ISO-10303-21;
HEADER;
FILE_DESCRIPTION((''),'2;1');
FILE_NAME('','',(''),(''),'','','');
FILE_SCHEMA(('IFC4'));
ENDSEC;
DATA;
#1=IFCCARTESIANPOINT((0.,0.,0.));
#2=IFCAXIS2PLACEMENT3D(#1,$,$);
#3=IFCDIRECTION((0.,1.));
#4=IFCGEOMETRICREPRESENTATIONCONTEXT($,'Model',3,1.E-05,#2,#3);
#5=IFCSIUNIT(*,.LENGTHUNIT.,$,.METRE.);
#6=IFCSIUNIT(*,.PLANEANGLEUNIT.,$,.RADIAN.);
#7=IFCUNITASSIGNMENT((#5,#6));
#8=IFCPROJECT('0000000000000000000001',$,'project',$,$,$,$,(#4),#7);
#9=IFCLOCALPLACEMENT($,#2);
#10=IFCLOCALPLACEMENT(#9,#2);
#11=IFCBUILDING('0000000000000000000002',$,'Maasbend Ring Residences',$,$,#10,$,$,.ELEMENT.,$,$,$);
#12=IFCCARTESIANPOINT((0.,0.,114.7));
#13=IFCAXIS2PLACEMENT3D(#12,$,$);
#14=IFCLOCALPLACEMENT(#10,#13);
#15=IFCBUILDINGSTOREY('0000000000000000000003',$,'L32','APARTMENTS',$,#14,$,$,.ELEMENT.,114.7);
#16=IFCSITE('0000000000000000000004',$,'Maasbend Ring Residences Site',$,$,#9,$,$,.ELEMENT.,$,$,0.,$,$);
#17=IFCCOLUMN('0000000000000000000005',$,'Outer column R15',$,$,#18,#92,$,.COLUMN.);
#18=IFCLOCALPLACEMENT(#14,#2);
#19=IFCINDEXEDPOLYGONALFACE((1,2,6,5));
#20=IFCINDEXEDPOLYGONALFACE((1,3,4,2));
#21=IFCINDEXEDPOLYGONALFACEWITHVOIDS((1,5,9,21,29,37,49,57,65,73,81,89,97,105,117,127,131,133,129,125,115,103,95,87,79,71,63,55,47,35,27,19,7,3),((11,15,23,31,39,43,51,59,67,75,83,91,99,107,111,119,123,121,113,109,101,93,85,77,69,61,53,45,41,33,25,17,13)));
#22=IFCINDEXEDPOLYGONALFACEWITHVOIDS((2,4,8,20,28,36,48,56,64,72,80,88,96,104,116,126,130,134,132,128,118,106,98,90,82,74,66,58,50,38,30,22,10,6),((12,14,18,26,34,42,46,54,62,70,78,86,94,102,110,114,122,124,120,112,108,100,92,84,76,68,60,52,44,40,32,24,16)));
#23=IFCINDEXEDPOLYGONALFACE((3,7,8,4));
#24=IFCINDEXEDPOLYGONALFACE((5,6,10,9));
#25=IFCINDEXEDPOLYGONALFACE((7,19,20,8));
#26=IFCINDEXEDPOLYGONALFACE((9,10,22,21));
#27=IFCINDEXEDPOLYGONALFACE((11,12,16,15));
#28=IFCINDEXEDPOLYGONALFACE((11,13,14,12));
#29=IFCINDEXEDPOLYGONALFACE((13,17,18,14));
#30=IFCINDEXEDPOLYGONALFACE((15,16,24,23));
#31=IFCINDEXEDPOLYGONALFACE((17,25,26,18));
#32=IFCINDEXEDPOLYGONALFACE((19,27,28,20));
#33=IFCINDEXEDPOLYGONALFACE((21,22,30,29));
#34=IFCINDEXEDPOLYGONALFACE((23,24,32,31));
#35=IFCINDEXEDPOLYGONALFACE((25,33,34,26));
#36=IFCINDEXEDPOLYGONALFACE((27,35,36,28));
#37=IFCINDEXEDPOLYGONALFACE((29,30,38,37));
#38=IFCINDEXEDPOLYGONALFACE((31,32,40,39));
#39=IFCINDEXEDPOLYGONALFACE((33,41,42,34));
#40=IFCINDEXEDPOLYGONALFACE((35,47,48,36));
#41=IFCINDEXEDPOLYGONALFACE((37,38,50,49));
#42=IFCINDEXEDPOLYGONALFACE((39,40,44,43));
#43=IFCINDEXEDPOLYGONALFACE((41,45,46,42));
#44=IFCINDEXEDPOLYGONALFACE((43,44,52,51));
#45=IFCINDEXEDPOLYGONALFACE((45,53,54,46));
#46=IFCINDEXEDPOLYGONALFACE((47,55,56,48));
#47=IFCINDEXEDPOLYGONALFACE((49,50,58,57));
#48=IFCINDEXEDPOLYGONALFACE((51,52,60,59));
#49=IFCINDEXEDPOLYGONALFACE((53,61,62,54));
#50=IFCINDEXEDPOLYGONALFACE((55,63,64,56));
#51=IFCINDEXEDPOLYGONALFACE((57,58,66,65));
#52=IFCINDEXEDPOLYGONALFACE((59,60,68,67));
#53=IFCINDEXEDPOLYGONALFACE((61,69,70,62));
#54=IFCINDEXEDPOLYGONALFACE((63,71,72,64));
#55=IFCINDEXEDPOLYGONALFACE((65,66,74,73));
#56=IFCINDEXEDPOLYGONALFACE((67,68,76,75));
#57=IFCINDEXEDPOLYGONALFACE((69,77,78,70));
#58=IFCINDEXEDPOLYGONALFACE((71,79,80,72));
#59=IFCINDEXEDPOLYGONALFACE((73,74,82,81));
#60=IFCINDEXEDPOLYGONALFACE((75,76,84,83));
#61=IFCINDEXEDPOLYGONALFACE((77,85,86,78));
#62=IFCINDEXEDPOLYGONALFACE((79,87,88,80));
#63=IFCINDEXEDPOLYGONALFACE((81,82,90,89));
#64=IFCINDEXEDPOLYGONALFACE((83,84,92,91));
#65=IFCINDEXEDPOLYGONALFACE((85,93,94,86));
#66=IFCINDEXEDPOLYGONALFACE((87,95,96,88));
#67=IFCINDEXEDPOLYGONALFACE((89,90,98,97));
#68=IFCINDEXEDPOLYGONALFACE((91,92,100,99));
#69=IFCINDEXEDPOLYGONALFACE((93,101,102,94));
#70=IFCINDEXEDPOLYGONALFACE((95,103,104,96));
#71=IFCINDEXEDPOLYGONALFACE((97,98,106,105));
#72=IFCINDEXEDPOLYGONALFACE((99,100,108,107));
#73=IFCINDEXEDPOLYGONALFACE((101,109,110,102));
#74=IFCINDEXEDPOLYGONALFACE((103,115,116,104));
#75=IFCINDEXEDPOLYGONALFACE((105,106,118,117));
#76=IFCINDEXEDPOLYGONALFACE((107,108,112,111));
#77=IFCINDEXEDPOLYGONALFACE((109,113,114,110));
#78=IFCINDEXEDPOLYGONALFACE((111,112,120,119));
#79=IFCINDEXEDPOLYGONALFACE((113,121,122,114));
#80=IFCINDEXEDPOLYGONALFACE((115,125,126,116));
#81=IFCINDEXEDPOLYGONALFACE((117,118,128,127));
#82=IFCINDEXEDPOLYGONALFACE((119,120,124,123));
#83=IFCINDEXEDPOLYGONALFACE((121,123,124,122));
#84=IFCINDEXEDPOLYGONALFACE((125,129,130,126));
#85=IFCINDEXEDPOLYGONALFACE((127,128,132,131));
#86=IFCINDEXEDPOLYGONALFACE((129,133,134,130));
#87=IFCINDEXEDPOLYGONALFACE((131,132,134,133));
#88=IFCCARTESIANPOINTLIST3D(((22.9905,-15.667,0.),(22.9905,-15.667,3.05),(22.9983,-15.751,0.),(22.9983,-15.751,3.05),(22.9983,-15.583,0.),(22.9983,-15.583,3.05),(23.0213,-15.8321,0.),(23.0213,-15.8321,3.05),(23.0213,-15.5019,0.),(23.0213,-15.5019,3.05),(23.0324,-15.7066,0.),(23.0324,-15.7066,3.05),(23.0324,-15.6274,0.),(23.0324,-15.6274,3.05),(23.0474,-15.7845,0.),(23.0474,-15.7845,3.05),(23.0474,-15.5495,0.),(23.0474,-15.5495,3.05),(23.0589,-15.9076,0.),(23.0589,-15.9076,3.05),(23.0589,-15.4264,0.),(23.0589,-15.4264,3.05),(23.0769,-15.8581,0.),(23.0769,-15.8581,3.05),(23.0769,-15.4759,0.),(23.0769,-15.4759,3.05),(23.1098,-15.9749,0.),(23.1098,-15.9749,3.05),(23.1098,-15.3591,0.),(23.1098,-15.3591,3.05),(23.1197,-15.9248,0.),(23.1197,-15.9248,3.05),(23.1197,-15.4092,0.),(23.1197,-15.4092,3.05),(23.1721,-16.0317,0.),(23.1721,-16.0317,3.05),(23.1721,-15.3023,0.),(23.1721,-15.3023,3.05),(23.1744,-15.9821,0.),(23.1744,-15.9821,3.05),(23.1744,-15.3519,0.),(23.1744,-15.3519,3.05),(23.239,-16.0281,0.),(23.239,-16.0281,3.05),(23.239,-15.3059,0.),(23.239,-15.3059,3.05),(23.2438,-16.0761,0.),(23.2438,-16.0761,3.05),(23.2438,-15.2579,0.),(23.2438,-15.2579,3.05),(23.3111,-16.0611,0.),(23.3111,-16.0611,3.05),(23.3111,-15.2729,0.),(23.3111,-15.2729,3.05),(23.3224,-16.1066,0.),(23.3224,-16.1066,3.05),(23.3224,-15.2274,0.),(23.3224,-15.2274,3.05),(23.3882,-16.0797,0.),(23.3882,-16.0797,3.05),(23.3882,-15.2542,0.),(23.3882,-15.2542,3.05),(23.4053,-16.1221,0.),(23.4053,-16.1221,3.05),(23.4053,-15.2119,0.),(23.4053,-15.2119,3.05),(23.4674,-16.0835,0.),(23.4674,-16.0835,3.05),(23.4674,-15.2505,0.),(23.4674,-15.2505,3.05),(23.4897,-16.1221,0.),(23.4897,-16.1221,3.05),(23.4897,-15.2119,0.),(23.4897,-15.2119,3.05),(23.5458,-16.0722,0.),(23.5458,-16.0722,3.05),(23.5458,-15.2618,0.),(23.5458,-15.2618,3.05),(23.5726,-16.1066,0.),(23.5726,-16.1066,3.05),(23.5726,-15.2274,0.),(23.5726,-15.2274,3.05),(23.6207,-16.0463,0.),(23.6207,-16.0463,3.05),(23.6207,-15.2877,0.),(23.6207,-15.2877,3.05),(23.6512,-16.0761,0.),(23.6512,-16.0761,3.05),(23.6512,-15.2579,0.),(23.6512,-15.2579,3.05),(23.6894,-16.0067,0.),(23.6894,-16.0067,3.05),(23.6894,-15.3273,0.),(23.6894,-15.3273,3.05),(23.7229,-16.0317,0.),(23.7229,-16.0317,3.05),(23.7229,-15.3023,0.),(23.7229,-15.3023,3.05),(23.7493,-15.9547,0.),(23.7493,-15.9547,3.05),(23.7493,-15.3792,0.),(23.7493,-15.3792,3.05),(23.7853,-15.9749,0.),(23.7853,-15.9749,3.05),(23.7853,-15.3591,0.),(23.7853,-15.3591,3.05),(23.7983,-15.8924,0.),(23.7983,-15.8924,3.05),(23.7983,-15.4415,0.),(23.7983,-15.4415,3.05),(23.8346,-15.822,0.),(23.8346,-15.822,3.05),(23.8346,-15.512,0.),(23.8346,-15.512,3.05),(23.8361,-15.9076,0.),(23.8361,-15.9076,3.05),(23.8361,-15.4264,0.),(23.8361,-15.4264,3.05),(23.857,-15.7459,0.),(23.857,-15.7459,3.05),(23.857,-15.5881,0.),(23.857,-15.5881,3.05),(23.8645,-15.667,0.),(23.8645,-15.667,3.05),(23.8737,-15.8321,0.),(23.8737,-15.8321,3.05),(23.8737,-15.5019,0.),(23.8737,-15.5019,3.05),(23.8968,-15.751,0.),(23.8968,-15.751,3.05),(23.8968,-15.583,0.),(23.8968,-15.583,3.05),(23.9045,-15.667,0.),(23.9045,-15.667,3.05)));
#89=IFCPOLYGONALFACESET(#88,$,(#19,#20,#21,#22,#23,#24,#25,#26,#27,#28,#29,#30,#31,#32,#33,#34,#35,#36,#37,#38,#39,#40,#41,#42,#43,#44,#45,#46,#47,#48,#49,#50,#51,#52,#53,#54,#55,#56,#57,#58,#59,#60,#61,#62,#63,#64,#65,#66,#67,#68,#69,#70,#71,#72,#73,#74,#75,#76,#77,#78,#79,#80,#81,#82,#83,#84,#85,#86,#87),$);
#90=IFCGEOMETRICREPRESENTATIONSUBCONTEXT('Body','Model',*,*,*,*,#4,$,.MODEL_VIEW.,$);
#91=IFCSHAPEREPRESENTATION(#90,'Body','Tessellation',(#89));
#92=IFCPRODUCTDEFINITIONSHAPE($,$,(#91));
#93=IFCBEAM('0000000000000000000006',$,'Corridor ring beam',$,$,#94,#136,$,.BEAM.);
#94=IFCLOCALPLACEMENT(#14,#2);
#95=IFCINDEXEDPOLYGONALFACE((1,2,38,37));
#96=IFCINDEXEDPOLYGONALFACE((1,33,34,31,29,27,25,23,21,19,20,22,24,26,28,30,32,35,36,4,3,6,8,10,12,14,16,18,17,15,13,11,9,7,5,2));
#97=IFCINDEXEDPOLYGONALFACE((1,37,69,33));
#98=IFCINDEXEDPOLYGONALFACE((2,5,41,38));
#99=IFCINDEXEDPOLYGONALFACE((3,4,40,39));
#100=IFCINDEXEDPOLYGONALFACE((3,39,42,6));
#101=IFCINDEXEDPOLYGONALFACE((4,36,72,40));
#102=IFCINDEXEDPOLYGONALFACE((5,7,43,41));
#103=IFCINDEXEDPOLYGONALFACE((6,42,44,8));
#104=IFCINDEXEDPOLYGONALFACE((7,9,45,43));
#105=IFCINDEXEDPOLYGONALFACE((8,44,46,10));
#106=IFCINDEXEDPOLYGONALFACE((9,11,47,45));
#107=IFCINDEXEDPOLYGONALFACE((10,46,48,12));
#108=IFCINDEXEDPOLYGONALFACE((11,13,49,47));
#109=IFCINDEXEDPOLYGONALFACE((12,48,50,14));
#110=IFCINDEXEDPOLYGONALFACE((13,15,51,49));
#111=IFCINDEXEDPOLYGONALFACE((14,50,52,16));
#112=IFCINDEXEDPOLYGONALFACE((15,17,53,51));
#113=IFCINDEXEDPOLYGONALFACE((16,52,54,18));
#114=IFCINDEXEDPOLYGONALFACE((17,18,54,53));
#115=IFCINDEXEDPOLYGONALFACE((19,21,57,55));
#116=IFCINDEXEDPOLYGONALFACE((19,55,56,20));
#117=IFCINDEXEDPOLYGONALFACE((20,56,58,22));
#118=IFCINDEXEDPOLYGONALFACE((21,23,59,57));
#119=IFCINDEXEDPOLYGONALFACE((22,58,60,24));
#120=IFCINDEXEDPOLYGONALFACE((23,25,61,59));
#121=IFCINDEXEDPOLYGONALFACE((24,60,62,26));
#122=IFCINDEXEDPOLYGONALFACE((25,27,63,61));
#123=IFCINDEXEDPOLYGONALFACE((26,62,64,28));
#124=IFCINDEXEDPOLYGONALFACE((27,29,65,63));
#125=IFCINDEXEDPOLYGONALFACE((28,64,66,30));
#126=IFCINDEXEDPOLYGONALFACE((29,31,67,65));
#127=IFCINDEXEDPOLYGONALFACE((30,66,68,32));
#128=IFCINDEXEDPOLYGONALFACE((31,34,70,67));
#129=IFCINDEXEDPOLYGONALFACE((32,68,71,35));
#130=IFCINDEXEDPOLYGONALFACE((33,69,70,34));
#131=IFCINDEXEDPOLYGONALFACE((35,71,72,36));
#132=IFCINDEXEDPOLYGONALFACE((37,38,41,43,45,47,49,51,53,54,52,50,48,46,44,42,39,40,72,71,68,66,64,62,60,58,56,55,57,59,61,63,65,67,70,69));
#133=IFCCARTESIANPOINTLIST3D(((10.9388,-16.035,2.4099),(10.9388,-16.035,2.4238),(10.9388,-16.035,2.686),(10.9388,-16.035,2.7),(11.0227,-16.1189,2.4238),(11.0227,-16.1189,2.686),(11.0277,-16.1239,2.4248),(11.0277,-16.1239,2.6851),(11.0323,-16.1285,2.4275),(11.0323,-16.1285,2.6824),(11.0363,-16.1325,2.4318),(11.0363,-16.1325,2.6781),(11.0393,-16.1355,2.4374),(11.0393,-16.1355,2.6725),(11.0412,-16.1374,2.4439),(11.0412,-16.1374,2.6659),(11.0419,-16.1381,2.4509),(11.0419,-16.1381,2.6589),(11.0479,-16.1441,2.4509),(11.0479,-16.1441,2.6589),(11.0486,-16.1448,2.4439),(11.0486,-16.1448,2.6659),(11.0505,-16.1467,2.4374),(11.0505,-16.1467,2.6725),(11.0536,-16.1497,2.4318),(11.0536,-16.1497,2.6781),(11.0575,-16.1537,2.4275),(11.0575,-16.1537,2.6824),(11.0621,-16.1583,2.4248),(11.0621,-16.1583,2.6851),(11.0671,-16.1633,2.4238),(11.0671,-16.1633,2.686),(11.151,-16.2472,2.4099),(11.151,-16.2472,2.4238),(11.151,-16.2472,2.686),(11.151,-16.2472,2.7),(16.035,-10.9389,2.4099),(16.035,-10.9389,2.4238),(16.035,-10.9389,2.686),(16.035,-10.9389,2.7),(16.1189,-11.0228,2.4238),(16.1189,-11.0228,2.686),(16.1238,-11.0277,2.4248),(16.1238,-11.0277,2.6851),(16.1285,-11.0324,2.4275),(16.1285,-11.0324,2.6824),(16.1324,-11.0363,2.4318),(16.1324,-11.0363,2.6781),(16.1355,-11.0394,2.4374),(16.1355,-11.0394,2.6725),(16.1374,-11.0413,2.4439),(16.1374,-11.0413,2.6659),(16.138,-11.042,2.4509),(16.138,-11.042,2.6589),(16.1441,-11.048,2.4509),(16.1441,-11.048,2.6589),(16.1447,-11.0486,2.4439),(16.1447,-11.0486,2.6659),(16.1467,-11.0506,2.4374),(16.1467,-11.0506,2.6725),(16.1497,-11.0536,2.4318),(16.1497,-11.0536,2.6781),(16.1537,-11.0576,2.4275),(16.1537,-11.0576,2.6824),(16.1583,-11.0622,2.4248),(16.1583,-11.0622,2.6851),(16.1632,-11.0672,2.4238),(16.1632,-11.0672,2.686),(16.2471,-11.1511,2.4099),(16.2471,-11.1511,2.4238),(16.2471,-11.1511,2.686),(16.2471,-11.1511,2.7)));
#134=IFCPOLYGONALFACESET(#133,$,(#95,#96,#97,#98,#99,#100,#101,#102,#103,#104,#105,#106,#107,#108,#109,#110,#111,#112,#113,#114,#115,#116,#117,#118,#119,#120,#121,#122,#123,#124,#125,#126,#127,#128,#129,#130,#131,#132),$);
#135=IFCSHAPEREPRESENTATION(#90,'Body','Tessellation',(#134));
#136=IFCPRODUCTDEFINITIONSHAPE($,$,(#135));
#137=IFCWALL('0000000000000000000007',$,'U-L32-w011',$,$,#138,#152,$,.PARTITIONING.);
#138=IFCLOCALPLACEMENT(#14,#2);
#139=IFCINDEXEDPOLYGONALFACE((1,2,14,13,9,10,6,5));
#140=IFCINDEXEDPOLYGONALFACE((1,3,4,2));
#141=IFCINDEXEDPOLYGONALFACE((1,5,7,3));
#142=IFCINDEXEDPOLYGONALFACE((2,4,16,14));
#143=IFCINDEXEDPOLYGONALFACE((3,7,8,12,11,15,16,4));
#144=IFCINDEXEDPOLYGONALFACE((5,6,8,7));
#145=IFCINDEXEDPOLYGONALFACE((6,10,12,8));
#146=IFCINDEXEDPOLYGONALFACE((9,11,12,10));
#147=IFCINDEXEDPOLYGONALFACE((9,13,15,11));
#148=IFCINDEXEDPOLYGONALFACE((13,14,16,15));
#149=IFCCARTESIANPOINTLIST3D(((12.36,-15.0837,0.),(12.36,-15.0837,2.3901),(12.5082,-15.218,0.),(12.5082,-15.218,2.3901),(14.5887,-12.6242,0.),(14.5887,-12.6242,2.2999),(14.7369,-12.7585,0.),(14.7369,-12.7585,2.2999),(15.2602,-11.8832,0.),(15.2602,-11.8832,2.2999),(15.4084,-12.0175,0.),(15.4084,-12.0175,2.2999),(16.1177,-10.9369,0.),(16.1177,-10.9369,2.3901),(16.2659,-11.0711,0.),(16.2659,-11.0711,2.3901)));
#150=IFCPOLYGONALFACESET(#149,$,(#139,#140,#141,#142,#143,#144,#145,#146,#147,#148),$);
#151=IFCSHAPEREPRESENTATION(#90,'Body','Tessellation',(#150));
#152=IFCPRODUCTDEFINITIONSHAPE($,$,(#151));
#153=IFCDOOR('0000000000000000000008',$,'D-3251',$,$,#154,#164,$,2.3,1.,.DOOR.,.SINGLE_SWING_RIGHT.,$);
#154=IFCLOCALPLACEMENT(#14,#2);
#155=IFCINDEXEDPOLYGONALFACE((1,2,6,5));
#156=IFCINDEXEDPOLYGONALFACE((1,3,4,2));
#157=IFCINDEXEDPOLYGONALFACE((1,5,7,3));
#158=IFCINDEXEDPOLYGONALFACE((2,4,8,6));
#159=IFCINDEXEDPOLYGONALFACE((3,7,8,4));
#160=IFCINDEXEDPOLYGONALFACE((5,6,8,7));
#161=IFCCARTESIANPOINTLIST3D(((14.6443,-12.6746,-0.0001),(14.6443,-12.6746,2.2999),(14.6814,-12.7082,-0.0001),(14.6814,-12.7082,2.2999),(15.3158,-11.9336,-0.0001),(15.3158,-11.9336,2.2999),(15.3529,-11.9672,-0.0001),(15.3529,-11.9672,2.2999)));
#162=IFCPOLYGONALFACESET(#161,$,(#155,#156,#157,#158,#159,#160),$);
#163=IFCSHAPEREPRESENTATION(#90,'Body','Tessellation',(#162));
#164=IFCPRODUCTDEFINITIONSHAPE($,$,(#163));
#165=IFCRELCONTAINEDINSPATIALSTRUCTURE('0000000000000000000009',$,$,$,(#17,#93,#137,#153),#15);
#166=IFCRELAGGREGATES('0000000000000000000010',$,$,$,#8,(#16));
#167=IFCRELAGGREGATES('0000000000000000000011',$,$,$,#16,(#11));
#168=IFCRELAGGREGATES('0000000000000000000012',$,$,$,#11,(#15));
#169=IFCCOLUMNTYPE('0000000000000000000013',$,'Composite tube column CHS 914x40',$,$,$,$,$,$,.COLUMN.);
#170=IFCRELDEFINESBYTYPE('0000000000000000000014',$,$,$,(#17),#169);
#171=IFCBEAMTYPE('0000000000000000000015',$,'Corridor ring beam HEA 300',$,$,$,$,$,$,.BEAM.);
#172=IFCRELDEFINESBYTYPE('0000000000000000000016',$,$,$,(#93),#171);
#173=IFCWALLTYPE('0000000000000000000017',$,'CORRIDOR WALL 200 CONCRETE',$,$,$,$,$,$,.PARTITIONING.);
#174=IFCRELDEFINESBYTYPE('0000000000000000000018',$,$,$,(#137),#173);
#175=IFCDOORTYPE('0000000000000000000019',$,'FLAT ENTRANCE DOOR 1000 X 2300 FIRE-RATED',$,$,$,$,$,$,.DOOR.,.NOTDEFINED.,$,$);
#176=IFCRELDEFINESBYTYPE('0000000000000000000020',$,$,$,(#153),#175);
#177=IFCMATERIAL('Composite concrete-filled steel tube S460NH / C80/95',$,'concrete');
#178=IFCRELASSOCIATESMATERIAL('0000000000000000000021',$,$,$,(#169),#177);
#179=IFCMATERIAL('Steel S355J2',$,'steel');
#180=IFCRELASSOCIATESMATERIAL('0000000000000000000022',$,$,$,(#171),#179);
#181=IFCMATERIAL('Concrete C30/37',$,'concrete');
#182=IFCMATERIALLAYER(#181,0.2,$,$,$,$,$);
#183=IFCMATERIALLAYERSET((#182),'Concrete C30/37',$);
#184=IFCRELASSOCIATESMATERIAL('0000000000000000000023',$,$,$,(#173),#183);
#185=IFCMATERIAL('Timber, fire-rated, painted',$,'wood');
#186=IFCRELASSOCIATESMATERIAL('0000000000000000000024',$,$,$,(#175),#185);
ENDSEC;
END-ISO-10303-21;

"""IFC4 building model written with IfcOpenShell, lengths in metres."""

from ifc_helpers import new_model, si_unit, direction, frame, frame_2d, origin, origin_2d, place, context, subcontext, project, spatial, rectangle, hollow_circle, i_section, extrude, material, layer, layer_set, material_profile, profile_set, type_object, element, fill, save


model = new_model("IFC4")

# Units and contexts
model_context = context("Model", 3, precision=1e-05, world=origin(), true_north=direction((0.0, 1.0)))
body_context = subcontext(model_context, "Body", "Model", "MODEL_VIEW")
ifc_project = project(units=[si_unit("LENGTHUNIT", "METRE"), si_unit("PLANEANGLEUNIT", "RADIAN")], contexts=[model_context])

# Site, building, storey
site_placement = place(None, origin())
site = spatial("IfcSite", under=ifc_project, at=site_placement, Name="Maasbend Ring Residences Site", CompositionType="ELEMENT", RefElevation=0.0)
building_placement = place(site_placement, origin())
building = spatial("IfcBuilding", under=site, at=building_placement, Name="Maasbend Ring Residences", CompositionType="ELEMENT")
storey_placement = place(building_placement, frame((0.0, 0.0, 114.7)))
storey = spatial("IfcBuildingStorey", under=building, at=storey_placement, Name="L32", Description="APARTMENTS", CompositionType="ELEMENT", Elevation=114.7)

# Column
ifc_material_1 = material(Name="Composite concrete-filled steel tube S460NH / C80/95", Category="concrete")
ifc_material_profile_1 = material_profile(ifc_material_1, hollow_circle(Radius=0.457, WallThickness=0.04, at=origin_2d()), Name="Composite tube column CHS 914x40")
ifc_profile_set_1 = profile_set([ifc_material_profile_1], Name="Composite concrete-filled steel tube S460NH / C80/95")
column_type = type_object("IfcColumnType", Name="Composite tube column CHS 914x40", PredefinedType="COLUMN", material=ifc_profile_set_1)
column_placement = place(storey_placement, frame((23.4475, -15.667, 0.0), z_axis=(0.0, 0.0, 1.0), x_axis=(1.0, 0.0, 0.0)))
element("IfcColumn", 1, at=column_placement, inside=storey, type_object=column_type, Name="Outer column R15", PredefinedType="COLUMN", context=body_context, shape_type="SweptSolid", body=[
    extrude(hollow_circle(Radius=0.457, WallThickness=0.04, at=origin_2d()), origin(), (0.0, 0.0, 1.0), 3.05),
])

# Beam
ifc_material_2 = material(Name="Steel S355J2", Category="steel")
ifc_material_profile_2 = material_profile(ifc_material_2, i_section(OverallWidth=0.3, OverallDepth=0.29, WebThickness=0.0085, FlangeThickness=0.0139, FilletRadius=0.0271, at=origin_2d()), Name="HEA 300")
ifc_profile_set_2 = profile_set([ifc_material_profile_2], Name="Steel S355J2")
beam_type = type_object("IfcBeamType", Name="Corridor ring beam HEA 300", PredefinedType="BEAM", material=ifc_profile_set_2)
beam_placement = place(storey_placement, frame((11.0449, -16.1411, 2.5549), z_axis=(0.707107, 0.707107, 0.0), x_axis=(-0.707107, 0.707107, 0.0)))
element("IfcBeam", 2, at=beam_placement, inside=storey, type_object=beam_type, Name="Corridor ring beam", PredefinedType="BEAM", context=body_context, shape_type="SweptSolid", body=[
    extrude(i_section(OverallWidth=0.3, OverallDepth=0.29, WebThickness=0.0085, FlangeThickness=0.0139, FilletRadius=0.0271, at=origin_2d()), origin(), (0.0, 0.0, 1.0), 7.207),
])

# Wall, opening, door
ifc_material_3 = material(Name="Concrete C30/37", Category="concrete")
ifc_layer_1 = layer(ifc_material_3, 0.2)
ifc_layer_set_1 = layer_set([ifc_layer_1], Name="Concrete C30/37")
wall_type_1 = type_object("IfcWallType", Name="CORRIDOR WALL 200 CONCRETE", PredefinedType="PARTITIONING", material=ifc_layer_set_1)
wall_1_placement = place(storey_placement, frame((12.4341, -15.1509, 0.0), z_axis=(0.0, 0.0, 1.0), x_axis=(0.671482, 0.741021, 0.0)))
wall_1 = element("IfcWall", 3, at=wall_1_placement, inside=storey, type_object=wall_type_1, Name="U-L32-w011", PredefinedType="PARTITIONING", context=body_context, shape_type="SweptSolid", body=[
    extrude(rectangle(XDim=5.5962, YDim=0.2, at=frame_2d((2.7981, 0.0))), origin(), (0.0, 0.0, 1.0), 2.3901),
])
opening_1_placement = place(wall_1_placement, frame((3.3191, 0.0, 0.0)))
opening_1 = element("IfcOpeningElement", 4, at=opening_1_placement, cuts=wall_1, PredefinedType="OPENING", context=body_context, shape_type="SweptSolid", body=[
    extrude(rectangle(XDim=1.0, YDim=2.3, at=frame_2d((0.5, 1.1499))), frame((0.0, 0.1099, 0.0), z_axis=(0.0, -1.0, 0.0), x_axis=(1.0, 0.0, 0.0)), (0.0, 0.0, 1.0), 0.22),
])
ifc_material_4 = material(Name="Timber, fire-rated, painted", Category="wood")
door_type_1 = type_object("IfcDoorType", Name="FLAT ENTRANCE DOOR 1000 X 2300 FIRE-RATED", OperationType="NOTDEFINED", PredefinedType="DOOR", material=ifc_material_4)
door_1_placement = place(opening_1_placement, origin())
door_1 = element("IfcDoor", 5, at=door_1_placement, inside=storey, type_object=door_type_1, Name="D-3251", OperationType="SINGLE_SWING_RIGHT", OverallHeight=2.3, OverallWidth=1.0, PredefinedType="DOOR", context=body_context, shape_type="SweptSolid", body=[
    extrude(rectangle(XDim=1.0, YDim=2.3, at=frame_2d((0.5, 1.1499))), frame((0.0, 0.0249, 0.0), z_axis=(0.0, -1.0, 0.0), x_axis=(1.0, 0.0, 0.0)), (0.0, 0.0, 1.0), 0.05),
])
fill(opening_1, door_1)

save(model, "model.ifc")
